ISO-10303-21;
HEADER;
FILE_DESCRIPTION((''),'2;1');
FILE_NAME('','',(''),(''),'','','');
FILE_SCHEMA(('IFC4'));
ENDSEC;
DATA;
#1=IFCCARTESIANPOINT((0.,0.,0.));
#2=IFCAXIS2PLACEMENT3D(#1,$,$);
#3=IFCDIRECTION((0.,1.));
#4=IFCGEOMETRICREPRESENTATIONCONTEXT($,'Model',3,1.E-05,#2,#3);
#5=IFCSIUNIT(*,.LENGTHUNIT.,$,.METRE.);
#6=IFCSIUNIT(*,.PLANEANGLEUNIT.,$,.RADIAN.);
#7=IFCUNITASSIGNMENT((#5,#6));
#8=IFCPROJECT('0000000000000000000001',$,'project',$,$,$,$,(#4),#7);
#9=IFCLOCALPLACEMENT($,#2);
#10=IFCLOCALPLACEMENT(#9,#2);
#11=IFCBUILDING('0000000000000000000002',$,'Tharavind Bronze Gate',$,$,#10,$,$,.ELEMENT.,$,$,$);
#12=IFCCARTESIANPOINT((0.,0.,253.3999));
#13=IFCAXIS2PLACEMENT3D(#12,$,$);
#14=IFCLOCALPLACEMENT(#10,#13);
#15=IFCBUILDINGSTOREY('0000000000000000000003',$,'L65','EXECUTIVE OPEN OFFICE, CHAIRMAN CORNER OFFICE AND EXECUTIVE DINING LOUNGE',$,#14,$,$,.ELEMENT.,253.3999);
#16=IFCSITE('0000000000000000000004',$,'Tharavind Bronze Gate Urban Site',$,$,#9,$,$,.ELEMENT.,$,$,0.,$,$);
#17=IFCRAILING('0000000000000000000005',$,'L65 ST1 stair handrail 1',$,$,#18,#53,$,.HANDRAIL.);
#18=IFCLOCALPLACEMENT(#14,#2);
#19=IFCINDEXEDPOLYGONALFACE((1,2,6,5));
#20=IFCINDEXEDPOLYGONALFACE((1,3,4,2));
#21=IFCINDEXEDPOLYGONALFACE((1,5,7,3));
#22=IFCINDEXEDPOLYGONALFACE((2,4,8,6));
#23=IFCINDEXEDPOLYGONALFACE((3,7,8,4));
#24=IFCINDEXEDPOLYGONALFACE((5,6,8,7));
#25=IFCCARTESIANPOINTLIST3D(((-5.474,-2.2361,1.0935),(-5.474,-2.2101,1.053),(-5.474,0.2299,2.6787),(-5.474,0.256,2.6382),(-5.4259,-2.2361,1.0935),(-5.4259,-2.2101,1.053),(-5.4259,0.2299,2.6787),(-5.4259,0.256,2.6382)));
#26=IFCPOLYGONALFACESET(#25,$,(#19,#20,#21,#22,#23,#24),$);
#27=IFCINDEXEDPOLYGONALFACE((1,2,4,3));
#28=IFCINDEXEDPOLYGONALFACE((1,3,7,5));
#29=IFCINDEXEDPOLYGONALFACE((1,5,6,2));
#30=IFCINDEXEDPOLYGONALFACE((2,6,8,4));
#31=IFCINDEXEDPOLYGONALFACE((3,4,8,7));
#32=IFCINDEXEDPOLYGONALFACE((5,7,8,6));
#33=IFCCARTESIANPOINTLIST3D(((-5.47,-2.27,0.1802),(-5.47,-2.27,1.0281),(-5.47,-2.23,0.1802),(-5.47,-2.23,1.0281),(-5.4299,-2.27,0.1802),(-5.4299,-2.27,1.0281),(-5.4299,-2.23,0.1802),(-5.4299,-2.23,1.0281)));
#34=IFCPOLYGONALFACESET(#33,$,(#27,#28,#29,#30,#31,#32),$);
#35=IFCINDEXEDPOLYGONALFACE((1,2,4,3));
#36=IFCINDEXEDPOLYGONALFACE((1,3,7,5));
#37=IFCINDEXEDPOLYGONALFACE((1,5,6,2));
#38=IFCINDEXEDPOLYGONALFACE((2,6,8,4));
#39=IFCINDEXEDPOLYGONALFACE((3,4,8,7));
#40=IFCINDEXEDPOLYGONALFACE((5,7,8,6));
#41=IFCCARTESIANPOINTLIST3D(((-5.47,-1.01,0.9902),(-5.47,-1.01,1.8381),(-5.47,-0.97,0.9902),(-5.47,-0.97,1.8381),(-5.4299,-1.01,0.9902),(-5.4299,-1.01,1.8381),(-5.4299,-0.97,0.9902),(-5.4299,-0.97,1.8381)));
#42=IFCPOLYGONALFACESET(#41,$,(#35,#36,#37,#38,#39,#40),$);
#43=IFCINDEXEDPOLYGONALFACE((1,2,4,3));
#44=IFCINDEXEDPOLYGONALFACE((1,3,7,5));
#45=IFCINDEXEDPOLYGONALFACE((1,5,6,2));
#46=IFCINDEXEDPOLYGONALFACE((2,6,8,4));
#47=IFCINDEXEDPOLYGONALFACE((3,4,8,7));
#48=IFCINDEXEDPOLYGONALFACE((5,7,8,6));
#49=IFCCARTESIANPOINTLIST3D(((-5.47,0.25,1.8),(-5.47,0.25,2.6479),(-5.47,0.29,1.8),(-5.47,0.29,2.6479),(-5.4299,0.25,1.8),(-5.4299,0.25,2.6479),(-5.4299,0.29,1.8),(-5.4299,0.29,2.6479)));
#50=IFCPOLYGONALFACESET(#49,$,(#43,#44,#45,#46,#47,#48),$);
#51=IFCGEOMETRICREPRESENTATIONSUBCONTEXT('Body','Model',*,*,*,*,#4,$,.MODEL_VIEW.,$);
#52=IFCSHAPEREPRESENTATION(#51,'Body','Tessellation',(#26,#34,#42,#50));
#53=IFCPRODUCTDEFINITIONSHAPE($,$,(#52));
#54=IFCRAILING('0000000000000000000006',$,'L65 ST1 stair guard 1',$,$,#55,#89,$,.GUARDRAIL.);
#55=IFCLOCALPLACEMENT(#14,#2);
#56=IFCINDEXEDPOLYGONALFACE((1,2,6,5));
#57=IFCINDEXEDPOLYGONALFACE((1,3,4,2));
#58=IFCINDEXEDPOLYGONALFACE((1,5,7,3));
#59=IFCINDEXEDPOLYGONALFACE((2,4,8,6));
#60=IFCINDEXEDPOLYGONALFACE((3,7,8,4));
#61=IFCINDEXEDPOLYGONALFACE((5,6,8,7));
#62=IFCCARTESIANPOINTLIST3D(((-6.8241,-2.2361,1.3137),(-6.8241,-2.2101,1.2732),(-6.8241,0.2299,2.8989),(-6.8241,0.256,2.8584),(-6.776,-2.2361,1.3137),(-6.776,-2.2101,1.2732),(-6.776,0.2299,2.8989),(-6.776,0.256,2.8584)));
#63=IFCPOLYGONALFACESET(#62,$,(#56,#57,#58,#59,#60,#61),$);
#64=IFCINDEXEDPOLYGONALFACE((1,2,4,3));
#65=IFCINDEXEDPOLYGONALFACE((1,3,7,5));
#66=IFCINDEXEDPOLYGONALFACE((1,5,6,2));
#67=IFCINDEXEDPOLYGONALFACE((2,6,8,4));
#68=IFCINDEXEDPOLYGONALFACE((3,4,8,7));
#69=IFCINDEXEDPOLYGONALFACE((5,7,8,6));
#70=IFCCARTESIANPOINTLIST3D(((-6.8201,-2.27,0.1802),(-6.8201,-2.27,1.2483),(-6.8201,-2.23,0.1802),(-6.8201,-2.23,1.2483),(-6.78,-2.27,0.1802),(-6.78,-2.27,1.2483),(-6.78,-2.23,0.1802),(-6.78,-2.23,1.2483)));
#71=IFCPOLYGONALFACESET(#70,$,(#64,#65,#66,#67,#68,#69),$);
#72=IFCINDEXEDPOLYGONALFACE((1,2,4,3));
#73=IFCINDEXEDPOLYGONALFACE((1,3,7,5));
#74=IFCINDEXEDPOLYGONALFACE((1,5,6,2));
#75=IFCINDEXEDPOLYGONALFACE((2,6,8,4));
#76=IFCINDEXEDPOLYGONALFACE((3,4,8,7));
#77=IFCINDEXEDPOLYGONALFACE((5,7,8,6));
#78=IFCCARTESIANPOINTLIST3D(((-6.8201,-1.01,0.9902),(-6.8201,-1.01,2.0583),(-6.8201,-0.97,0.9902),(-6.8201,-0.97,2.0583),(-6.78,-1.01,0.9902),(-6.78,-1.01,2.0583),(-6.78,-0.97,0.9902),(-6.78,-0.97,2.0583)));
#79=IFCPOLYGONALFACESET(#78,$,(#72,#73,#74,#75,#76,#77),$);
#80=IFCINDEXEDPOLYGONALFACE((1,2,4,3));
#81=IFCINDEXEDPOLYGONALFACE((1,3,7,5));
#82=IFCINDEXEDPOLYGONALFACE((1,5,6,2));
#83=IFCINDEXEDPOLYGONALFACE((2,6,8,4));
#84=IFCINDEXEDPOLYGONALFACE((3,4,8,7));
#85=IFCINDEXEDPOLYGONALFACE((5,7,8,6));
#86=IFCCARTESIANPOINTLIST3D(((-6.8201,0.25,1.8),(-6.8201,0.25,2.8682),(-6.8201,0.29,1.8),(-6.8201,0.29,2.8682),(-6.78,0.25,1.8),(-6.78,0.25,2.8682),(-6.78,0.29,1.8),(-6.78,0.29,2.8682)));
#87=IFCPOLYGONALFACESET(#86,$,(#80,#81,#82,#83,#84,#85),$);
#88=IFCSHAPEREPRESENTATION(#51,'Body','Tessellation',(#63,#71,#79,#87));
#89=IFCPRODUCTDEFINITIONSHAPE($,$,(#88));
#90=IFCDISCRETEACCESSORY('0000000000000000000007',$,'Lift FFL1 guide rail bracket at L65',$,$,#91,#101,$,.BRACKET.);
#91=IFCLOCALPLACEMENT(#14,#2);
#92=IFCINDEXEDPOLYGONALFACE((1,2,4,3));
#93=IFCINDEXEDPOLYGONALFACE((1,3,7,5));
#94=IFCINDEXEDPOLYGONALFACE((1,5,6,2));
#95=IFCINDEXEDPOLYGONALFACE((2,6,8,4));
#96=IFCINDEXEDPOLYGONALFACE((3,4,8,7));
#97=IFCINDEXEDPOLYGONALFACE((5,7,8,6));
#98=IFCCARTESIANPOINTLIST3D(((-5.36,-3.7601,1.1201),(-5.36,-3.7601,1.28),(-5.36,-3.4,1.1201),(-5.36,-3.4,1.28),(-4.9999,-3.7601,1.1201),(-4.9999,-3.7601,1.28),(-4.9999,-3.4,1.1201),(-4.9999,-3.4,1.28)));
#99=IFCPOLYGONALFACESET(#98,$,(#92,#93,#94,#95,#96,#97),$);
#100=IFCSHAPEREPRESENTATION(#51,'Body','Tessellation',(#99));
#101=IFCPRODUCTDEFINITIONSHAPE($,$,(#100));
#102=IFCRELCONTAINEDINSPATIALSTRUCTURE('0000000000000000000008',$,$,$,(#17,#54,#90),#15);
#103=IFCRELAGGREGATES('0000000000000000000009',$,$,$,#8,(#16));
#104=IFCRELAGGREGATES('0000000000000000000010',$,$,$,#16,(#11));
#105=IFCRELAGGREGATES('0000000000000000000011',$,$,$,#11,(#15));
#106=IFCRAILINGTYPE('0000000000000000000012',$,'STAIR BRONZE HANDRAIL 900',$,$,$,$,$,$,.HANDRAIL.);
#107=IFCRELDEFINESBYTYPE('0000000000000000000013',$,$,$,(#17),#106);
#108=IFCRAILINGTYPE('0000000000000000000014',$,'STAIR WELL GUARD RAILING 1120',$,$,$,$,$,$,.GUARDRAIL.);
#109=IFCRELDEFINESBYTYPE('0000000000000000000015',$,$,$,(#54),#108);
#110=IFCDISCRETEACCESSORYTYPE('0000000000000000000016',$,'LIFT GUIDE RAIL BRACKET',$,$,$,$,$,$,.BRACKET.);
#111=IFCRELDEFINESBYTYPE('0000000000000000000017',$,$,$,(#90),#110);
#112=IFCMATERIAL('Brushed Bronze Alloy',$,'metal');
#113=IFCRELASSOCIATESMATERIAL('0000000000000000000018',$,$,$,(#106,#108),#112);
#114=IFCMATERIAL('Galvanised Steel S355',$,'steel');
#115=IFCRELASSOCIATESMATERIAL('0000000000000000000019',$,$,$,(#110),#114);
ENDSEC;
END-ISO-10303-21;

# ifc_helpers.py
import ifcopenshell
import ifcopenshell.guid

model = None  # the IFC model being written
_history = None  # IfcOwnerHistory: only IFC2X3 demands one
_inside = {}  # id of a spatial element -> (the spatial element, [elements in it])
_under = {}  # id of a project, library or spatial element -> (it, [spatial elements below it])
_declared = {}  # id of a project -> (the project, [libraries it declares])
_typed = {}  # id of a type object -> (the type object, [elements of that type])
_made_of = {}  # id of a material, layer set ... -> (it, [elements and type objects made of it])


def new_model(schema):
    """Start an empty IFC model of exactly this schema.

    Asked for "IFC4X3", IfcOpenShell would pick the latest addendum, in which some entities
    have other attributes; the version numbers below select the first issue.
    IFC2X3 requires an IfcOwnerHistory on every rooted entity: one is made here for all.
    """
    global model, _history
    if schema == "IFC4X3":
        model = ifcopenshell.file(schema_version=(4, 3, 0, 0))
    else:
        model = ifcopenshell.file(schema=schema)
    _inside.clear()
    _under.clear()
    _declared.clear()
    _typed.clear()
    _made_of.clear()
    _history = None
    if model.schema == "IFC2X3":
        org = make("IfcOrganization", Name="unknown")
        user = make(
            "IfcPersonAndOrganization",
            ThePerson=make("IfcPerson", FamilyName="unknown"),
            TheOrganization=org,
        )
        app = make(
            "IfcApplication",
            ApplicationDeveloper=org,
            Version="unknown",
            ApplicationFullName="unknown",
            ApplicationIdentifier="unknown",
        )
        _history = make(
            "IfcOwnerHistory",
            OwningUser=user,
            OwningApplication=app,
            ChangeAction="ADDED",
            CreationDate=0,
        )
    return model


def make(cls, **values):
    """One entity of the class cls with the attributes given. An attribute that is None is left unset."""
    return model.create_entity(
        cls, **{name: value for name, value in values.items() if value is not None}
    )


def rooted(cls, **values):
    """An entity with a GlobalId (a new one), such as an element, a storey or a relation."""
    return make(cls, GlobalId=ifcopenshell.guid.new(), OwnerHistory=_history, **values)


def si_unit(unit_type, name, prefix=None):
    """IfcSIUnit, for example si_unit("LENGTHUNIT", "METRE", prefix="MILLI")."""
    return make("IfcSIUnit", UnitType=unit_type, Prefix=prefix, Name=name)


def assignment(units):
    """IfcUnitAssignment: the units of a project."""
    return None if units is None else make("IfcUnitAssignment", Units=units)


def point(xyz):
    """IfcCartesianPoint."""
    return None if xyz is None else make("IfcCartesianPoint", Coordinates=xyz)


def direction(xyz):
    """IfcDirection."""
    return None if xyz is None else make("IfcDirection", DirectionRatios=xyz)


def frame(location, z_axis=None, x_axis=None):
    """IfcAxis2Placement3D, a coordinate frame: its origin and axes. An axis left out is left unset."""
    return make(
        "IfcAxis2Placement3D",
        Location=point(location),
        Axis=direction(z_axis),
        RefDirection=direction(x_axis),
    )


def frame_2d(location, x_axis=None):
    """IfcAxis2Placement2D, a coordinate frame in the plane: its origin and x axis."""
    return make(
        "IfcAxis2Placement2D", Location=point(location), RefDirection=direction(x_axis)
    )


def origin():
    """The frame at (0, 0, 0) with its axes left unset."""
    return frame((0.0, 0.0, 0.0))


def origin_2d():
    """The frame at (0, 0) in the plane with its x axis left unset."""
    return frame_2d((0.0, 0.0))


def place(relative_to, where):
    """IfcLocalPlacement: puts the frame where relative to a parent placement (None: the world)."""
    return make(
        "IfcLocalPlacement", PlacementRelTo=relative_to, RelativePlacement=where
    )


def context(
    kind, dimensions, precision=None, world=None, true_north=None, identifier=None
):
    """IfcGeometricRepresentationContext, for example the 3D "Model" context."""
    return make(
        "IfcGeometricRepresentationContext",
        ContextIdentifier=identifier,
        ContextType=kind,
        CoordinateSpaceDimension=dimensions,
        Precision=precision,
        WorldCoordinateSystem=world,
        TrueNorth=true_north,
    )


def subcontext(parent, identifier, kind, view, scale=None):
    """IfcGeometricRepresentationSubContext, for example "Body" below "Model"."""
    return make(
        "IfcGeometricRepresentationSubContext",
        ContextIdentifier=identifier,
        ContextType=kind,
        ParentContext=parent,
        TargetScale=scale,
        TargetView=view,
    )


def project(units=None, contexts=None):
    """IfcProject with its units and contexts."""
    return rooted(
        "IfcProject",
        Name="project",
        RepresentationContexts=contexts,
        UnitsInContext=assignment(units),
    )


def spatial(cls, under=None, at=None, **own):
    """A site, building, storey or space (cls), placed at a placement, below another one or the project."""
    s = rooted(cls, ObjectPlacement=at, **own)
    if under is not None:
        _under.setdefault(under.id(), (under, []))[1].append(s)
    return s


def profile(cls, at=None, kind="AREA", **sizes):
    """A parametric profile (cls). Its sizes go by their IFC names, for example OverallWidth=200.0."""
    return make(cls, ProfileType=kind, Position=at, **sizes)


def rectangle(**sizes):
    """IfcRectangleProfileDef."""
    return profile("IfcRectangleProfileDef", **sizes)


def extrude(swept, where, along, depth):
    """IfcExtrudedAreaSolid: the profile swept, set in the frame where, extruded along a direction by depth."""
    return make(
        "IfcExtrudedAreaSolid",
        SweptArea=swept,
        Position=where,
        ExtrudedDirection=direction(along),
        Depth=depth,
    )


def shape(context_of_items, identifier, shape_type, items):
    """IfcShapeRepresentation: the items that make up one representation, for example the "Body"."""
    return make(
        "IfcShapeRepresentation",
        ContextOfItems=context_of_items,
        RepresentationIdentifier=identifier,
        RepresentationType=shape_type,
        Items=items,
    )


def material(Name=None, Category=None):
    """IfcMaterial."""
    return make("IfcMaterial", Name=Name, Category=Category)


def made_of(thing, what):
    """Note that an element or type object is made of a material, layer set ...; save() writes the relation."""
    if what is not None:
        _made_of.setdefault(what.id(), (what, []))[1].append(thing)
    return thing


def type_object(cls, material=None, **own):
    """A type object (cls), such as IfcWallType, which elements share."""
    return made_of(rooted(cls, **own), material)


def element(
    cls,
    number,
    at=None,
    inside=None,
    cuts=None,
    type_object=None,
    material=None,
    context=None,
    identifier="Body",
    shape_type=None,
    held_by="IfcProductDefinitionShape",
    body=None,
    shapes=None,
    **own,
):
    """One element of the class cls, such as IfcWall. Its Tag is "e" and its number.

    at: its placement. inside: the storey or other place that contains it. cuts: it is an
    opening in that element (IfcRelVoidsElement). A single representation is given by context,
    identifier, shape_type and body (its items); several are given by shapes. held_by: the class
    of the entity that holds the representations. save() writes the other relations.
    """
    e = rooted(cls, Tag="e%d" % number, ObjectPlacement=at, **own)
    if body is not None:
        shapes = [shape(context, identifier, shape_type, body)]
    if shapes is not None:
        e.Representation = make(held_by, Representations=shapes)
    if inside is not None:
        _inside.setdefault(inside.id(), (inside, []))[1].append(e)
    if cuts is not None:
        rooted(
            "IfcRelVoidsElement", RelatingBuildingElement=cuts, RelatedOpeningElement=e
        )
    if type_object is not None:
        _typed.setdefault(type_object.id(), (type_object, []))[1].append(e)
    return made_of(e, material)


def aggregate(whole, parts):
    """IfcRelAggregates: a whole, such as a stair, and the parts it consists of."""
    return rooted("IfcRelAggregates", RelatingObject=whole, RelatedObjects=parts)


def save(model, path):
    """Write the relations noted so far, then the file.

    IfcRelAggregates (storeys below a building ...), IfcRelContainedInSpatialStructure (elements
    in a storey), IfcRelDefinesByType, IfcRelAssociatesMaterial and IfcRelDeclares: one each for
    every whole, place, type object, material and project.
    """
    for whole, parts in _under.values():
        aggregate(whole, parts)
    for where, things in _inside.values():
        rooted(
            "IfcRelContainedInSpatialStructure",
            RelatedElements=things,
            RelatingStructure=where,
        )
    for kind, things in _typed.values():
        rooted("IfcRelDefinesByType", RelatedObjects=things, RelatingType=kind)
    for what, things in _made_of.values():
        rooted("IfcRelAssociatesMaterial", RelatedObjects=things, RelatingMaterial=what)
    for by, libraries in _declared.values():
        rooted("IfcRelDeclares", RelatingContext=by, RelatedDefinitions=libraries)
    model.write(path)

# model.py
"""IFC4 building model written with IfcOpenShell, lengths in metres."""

from ifc_helpers import new_model, si_unit, direction, frame, origin, origin_2d, place, context, subcontext, project, spatial, rectangle, extrude, material, type_object, element, save


model = new_model("IFC4")

# Units and contexts
model_context = context("Model", 3, precision=1e-05, world=origin(), true_north=direction((0.0, 1.0)))
body_context = subcontext(model_context, "Body", "Model", "MODEL_VIEW")
ifc_project = project(units=[si_unit("LENGTHUNIT", "METRE"), si_unit("PLANEANGLEUNIT", "RADIAN")], contexts=[model_context])

# Site, building, storey
site_placement = place(None, origin())
site = spatial("IfcSite", under=ifc_project, at=site_placement, Name="Tharavind Bronze Gate Urban Site", CompositionType="ELEMENT", RefElevation=0.0)
building_placement = place(site_placement, origin())
building = spatial("IfcBuilding", under=site, at=building_placement, Name="Tharavind Bronze Gate", CompositionType="ELEMENT")
storey_placement = place(building_placement, frame((0.0, 0.0, 253.3999)))
storey = spatial("IfcBuildingStorey", under=building, at=storey_placement, Name="L65", Description="EXECUTIVE OPEN OFFICE, CHAIRMAN CORNER OFFICE AND EXECUTIVE DINING LOUNGE", CompositionType="ELEMENT", Elevation=253.3999)

# Railings
ifc_material_1 = material(Name="Brushed Bronze Alloy", Category="metal")
railing_type_1 = type_object("IfcRailingType", Name="STAIR BRONZE HANDRAIL 900", PredefinedType="HANDRAIL", material=ifc_material_1)
railing_1_placement = place(storey_placement, frame((-5.45, -2.25, 0.1802)))
element("IfcRailing", 1, at=railing_1_placement, inside=storey, type_object=railing_type_1, Name="L65 ST1 stair handrail 1", PredefinedType="HANDRAIL", context=body_context, shape_type="SweptSolid", body=[
    extrude(rectangle(XDim=0.0481, YDim=0.0481, at=origin_2d()), frame((0.0, 0.0269, 0.8931), z_axis=(0.0, 0.8412, 0.540725), x_axis=(-1.0, 0.0, 0.0)), (0.0, 0.0, 1.0), 2.9316),
    extrude(rectangle(XDim=0.04, YDim=0.04, at=origin_2d()), origin(), (0.0, 0.0, 1.0), 0.8479),
    extrude(rectangle(XDim=0.04, YDim=0.04, at=origin_2d()), frame((0.0, 1.26, 0.8101)), (0.0, 0.0, 1.0), 0.8479),
    extrude(rectangle(XDim=0.04, YDim=0.04, at=origin_2d()), frame((0.0, 2.52, 1.6199)), (0.0, 0.0, 1.0), 0.8479),
])
railing_type_2 = type_object("IfcRailingType", Name="STAIR WELL GUARD RAILING 1120", PredefinedType="GUARDRAIL", material=ifc_material_1)
railing_2_placement = place(storey_placement, frame((-6.8, -2.25, 0.1802)))
element("IfcRailing", 2, at=railing_2_placement, inside=storey, type_object=railing_type_2, Name="L65 ST1 stair guard 1", PredefinedType="GUARDRAIL", context=body_context, shape_type="SweptSolid", body=[
    extrude(rectangle(XDim=0.0481, YDim=0.0481, at=origin_2d()), frame((0.0, 0.0269, 1.1133), z_axis=(0.0, 0.8412, 0.540725), x_axis=(-1.0, 0.0, 0.0)), (0.0, 0.0, 1.0), 2.9316),
    extrude(rectangle(XDim=0.04, YDim=0.04, at=origin_2d()), origin(), (0.0, 0.0, 1.0), 1.0681),
    extrude(rectangle(XDim=0.04, YDim=0.04, at=origin_2d()), frame((0.0, 1.26, 0.8101)), (0.0, 0.0, 1.0), 1.0681),
    extrude(rectangle(XDim=0.04, YDim=0.04, at=origin_2d()), frame((0.0, 2.52, 1.6199)), (0.0, 0.0, 1.0), 1.0681),
])

# Discrete accessory
ifc_material_2 = material(Name="Galvanised Steel S355", Category="steel")
discrete_accessory_type = type_object("IfcDiscreteAccessoryType", Name="LIFT GUIDE RAIL BRACKET", PredefinedType="BRACKET", material=ifc_material_2)
discrete_accessory_placement = place(storey_placement, frame((-5.1799, -3.5801, 1.1201), z_axis=(0.0, 0.0, 1.0), x_axis=(1.0, 0.0, 0.0)))
element("IfcDiscreteAccessory", 3, at=discrete_accessory_placement, inside=storey, type_object=discrete_accessory_type, Name="Lift FFL1 guide rail bracket at L65", PredefinedType="BRACKET", context=body_context, shape_type="SweptSolid", body=[
    extrude(rectangle(XDim=0.3601, YDim=0.3601, at=origin_2d()), origin(), (0.0, 0.0, 1.0), 0.1599),
])

save(model, "model.ifc")
